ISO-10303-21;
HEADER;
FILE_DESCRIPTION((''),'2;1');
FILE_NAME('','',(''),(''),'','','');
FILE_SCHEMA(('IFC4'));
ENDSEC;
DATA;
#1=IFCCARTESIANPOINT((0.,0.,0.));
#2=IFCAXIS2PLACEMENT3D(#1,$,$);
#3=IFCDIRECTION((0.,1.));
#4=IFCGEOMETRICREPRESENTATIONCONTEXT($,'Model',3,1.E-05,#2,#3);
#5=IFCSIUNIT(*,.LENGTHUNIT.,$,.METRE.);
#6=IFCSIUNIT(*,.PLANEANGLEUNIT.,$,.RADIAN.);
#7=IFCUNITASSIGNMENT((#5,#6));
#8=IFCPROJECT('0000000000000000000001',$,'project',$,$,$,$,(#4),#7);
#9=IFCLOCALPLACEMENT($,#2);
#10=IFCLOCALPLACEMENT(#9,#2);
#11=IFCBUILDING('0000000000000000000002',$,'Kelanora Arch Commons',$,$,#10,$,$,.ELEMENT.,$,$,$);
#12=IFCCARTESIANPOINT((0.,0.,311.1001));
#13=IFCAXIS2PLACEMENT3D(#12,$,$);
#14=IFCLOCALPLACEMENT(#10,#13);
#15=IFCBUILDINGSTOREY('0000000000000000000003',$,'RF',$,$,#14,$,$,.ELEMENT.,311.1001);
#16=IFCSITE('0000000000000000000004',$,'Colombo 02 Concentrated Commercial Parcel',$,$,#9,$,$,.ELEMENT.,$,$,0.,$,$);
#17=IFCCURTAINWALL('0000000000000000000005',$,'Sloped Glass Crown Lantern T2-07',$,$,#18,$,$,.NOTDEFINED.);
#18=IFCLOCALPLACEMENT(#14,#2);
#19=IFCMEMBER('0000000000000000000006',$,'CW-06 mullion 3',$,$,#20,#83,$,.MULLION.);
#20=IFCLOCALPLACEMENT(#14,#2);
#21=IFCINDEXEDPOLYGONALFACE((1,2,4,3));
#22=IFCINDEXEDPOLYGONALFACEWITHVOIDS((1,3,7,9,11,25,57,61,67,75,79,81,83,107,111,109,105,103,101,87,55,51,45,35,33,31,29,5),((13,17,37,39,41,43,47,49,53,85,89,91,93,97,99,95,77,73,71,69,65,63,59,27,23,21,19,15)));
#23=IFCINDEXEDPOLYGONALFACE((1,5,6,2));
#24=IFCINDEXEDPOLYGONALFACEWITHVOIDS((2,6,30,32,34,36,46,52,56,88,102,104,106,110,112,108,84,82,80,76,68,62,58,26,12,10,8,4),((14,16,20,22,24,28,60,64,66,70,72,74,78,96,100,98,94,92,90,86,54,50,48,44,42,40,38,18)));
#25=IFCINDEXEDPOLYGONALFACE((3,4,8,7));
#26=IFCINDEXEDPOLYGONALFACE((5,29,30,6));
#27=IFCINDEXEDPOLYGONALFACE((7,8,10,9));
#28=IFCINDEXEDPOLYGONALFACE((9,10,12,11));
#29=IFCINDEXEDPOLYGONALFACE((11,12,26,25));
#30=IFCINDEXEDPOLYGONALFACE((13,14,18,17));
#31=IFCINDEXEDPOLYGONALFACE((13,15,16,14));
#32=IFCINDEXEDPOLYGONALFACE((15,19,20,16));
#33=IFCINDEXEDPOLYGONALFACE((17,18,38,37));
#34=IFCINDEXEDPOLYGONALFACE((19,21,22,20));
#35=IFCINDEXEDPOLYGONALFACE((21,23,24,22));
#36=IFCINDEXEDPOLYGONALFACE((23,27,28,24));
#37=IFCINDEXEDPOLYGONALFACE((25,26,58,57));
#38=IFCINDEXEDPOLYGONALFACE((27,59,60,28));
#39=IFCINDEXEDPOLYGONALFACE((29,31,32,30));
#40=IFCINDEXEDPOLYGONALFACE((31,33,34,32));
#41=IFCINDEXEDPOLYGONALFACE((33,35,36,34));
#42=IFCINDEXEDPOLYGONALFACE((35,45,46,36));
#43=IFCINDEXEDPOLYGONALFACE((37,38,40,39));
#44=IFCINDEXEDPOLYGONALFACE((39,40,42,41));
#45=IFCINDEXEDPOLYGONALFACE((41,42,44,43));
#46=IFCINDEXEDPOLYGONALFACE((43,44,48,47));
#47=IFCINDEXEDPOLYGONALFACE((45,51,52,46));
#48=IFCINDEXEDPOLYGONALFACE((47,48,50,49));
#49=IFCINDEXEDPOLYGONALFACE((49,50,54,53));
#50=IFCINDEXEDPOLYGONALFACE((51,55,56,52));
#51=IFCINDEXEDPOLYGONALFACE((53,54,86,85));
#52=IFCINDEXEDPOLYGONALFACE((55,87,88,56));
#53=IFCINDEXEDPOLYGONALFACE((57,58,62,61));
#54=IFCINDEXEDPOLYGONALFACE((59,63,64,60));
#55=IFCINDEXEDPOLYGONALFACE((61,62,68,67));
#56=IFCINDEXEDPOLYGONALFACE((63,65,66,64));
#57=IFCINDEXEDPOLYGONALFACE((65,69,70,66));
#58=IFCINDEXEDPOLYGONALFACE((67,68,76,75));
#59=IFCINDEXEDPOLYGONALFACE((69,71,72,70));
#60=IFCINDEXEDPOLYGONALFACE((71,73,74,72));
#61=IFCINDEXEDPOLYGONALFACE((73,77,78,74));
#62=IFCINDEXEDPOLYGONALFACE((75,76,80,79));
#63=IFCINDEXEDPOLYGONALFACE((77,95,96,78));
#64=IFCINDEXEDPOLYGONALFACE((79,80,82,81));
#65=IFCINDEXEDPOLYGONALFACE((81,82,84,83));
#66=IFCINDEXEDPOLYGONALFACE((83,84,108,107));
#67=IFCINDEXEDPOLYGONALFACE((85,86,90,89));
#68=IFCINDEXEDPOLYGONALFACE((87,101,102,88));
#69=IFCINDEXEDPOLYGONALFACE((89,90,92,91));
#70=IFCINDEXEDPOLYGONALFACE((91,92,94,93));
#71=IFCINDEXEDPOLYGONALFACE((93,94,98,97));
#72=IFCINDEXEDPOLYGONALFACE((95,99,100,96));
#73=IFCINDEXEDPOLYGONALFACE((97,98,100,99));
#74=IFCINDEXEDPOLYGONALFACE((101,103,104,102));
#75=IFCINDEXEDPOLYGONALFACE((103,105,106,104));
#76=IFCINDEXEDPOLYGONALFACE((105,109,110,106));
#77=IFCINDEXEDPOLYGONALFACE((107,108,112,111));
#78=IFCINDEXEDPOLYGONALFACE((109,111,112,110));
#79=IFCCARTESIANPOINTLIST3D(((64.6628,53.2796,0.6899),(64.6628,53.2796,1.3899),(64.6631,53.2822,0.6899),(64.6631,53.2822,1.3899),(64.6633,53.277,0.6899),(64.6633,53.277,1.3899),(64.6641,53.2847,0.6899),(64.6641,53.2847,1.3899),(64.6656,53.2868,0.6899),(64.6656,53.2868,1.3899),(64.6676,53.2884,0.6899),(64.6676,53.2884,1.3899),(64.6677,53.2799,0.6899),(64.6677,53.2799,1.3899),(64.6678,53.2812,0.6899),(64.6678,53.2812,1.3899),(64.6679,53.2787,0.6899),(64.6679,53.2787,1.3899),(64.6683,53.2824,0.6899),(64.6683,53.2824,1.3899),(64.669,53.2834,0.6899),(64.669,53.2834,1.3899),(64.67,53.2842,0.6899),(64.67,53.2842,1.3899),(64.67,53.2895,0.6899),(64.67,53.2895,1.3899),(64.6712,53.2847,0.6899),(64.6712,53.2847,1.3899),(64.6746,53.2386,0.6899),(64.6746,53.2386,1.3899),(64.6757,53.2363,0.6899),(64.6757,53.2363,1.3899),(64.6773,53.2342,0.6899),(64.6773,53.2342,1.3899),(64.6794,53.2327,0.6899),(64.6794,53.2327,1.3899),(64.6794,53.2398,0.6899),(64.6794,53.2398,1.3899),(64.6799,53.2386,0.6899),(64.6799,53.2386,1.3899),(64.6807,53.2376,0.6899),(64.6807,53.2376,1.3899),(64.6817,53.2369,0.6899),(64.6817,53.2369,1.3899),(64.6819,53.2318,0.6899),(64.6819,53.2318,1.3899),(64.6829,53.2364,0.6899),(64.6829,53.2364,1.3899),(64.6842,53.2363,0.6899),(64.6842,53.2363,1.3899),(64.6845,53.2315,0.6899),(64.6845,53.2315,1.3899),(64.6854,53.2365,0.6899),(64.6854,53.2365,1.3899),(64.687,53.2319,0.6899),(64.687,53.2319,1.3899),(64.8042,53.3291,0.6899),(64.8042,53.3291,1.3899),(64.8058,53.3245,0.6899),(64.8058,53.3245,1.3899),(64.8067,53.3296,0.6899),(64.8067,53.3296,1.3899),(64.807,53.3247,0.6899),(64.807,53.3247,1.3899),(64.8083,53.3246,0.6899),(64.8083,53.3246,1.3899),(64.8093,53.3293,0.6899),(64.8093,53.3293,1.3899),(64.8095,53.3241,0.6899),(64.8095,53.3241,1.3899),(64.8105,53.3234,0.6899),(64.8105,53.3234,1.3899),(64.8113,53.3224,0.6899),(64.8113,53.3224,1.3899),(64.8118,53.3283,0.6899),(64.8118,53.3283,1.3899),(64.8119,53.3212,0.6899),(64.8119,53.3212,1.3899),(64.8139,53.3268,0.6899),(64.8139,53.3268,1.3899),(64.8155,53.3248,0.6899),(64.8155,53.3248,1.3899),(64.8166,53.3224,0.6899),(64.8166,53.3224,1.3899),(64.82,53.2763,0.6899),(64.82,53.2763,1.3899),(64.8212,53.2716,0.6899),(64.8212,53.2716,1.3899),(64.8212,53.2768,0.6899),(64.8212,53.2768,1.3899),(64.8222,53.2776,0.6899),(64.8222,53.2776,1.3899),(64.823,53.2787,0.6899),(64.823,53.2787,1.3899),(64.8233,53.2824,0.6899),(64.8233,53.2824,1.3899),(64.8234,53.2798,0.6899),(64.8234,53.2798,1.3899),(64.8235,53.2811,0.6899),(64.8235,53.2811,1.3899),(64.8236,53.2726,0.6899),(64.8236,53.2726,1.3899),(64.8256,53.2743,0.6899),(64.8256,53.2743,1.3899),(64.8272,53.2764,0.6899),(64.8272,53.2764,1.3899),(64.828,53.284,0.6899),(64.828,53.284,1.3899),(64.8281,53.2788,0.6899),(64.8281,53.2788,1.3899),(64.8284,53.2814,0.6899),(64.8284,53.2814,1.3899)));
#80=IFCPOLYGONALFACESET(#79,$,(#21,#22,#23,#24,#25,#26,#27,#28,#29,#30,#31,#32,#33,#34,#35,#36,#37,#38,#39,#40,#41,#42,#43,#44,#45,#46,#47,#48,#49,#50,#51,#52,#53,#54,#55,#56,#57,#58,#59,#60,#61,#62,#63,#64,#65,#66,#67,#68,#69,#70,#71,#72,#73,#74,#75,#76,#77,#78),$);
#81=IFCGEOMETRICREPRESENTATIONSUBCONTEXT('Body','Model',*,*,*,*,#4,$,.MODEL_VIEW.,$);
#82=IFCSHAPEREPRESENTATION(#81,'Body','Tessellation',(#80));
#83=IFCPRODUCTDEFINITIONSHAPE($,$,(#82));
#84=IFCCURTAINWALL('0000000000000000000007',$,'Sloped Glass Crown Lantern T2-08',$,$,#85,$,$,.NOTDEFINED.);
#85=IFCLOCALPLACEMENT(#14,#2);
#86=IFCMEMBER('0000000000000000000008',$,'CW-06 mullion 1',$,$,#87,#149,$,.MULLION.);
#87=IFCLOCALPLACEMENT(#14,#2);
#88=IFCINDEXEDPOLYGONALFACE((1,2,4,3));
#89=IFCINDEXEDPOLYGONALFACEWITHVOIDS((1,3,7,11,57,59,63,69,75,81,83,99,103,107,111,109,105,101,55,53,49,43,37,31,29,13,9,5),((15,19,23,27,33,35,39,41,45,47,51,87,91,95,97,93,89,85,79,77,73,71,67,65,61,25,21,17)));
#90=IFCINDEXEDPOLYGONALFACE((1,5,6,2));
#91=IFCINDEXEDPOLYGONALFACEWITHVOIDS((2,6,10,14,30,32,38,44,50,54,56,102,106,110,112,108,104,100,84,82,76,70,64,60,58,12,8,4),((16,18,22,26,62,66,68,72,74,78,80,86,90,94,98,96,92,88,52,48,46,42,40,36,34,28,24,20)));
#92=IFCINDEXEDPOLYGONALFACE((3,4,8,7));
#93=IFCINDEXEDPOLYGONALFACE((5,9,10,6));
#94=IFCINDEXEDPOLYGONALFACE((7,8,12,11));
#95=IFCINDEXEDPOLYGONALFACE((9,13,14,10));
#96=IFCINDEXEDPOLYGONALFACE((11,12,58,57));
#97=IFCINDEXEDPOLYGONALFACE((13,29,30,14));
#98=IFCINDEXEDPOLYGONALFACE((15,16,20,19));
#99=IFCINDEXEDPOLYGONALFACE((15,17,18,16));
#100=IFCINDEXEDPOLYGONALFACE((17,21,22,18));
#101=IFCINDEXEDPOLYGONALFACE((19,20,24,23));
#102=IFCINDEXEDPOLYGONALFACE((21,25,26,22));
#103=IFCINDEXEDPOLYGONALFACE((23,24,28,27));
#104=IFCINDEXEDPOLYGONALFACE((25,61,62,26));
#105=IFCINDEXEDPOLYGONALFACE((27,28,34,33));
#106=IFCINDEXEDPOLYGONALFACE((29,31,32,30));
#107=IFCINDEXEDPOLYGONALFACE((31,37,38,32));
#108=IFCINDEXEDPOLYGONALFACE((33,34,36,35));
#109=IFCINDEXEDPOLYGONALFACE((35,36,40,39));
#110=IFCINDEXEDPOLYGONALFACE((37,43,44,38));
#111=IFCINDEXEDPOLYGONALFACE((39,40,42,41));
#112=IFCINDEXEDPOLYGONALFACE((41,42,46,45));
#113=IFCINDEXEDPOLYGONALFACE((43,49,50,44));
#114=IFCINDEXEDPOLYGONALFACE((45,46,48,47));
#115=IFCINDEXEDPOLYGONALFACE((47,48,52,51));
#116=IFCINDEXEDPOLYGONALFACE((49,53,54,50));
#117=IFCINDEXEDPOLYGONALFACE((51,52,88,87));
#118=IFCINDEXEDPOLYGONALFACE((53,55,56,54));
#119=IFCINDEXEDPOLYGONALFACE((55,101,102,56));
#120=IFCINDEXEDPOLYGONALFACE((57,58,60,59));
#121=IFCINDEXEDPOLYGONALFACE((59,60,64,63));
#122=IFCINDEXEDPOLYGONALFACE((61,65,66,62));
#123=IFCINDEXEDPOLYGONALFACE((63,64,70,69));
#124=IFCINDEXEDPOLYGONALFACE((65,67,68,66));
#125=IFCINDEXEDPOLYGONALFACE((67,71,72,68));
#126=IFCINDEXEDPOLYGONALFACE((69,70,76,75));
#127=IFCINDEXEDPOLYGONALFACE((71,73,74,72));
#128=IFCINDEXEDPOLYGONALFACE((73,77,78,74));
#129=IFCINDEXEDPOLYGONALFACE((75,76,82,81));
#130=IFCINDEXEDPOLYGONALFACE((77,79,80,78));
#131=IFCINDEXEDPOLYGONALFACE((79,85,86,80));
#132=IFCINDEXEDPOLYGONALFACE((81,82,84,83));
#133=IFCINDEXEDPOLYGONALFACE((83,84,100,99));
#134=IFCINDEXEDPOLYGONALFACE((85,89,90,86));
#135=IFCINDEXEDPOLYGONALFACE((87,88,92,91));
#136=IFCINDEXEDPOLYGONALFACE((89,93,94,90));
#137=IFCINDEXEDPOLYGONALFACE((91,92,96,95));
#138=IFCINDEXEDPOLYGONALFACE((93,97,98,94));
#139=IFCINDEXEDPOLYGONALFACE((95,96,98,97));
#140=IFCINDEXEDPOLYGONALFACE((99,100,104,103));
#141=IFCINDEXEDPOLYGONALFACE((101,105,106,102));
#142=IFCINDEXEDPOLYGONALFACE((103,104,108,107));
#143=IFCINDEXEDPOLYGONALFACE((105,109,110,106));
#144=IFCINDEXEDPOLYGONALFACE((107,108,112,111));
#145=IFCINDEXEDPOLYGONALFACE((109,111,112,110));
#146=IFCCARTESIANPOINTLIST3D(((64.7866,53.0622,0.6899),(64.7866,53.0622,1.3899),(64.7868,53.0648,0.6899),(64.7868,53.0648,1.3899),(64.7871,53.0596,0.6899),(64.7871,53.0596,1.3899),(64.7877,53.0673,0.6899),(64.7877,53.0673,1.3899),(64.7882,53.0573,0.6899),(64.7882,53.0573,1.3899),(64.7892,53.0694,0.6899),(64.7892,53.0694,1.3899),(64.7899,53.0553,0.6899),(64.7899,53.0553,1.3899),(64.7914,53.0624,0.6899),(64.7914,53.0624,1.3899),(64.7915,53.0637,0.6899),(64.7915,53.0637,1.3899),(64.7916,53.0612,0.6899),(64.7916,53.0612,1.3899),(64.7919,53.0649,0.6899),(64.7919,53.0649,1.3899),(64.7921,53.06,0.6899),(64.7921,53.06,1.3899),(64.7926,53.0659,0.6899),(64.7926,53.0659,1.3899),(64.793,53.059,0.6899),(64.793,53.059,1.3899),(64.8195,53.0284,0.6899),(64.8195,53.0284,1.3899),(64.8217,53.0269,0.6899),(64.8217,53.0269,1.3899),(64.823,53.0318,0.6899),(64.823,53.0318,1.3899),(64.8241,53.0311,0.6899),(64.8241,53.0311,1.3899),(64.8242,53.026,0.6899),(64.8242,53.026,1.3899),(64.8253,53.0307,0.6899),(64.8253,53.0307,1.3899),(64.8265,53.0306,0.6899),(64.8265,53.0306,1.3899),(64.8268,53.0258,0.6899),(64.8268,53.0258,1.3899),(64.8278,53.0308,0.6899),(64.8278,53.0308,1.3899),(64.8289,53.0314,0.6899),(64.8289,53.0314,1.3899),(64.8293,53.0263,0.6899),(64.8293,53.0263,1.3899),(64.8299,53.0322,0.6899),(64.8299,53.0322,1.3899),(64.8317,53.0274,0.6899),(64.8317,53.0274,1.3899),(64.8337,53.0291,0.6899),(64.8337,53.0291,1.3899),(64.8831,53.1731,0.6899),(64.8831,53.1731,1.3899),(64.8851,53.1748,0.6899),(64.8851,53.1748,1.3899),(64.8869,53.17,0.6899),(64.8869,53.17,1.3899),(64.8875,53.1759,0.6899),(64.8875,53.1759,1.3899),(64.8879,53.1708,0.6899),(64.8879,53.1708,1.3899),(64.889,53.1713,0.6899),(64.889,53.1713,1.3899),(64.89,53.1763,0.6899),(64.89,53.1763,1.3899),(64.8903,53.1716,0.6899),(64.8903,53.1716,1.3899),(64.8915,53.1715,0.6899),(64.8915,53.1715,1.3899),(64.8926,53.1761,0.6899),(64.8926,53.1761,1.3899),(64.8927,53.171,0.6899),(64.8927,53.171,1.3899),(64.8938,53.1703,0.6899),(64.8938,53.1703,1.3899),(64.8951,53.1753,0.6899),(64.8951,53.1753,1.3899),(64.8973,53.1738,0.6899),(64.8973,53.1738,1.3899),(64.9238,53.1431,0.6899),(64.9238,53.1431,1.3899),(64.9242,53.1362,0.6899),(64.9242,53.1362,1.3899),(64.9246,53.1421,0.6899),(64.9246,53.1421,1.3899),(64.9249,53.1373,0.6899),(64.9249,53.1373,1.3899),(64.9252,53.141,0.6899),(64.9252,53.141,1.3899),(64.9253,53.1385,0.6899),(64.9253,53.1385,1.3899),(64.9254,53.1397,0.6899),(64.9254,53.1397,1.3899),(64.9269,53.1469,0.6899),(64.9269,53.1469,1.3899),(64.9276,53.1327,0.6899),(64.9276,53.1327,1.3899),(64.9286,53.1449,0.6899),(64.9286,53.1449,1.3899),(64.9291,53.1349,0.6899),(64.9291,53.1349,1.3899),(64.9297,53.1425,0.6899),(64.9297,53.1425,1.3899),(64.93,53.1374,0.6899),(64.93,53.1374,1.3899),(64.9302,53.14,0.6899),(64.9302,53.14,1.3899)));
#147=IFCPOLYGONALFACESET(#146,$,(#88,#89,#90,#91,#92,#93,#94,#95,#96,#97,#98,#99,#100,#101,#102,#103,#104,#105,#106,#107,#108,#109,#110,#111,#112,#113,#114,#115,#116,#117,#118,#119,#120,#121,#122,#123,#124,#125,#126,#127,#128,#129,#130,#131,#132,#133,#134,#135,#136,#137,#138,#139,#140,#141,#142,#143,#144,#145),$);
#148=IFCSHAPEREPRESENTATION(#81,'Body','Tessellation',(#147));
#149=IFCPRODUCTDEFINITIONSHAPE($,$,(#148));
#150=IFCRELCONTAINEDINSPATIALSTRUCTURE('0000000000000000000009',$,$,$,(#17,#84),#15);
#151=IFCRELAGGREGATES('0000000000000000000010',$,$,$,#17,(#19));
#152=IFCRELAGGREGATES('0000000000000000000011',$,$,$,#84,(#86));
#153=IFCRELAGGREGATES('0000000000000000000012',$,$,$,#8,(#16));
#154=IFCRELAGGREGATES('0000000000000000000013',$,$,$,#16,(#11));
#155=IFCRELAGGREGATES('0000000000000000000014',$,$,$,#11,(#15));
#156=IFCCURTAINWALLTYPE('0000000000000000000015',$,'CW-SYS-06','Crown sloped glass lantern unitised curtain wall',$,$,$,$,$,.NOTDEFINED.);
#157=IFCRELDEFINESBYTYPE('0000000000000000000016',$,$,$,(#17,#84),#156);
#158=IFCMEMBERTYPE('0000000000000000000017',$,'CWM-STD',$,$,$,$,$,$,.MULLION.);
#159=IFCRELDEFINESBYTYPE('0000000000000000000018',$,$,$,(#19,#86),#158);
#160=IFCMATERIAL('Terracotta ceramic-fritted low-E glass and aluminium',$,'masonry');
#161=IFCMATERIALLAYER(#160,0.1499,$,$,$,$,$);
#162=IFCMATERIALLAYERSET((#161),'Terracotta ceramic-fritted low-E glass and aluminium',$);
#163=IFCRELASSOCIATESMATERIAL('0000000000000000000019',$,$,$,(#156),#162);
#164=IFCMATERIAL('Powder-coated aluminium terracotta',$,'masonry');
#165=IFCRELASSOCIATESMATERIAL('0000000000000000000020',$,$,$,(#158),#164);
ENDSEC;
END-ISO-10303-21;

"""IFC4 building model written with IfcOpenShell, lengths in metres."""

from ifc_helpers import new_model, si_unit, direction, frame, origin, origin_2d, place, context, subcontext, project, spatial, hollow_rectangle, extrude, material, layer, layer_set, material_profile, profile_set, type_object, element, aggregate, save


model = new_model("IFC4")

# Units and contexts
model_context = context("Model", 3, precision=1e-05, world=origin(), true_north=direction((0.0, 1.0)))
body_context = subcontext(model_context, "Body", "Model", "MODEL_VIEW")
ifc_project = project(units=[si_unit("LENGTHUNIT", "METRE"), si_unit("PLANEANGLEUNIT", "RADIAN")], contexts=[model_context])

# Site, building, storey
site_placement = place(None, origin())
site = spatial("IfcSite", under=ifc_project, at=site_placement, Name="Colombo 02 Concentrated Commercial Parcel", CompositionType="ELEMENT", RefElevation=0.0)
building_placement = place(site_placement, origin())
building = spatial("IfcBuilding", under=site, at=building_placement, Name="Kelanora Arch Commons", CompositionType="ELEMENT")
storey_placement = place(building_placement, frame((0.0, 0.0, 311.1001)))
storey = spatial("IfcBuildingStorey", under=building, at=storey_placement, Name="RF", CompositionType="ELEMENT", Elevation=311.1001)

# Curtain wall, member
ifc_material_1 = material(Name="Terracotta ceramic-fritted low-E glass and aluminium", Category="masonry")
ifc_layer_1 = layer(ifc_material_1, 0.1499)
ifc_layer_set_1 = layer_set([ifc_layer_1], Name="Terracotta ceramic-fritted low-E glass and aluminium")
curtain_wall_type = type_object("IfcCurtainWallType", Name="CW-SYS-06", Description="Crown sloped glass lantern unitised curtain wall", PredefinedType="NOTDEFINED", material=ifc_layer_set_1)
ifc_material_2 = material(Name="Powder-coated aluminium terracotta", Category="masonry")
ifc_material_profile_1 = material_profile(ifc_material_2, hollow_rectangle(XDim=0.1599, YDim=0.0601, WallThickness=0.0049, InnerFilletRadius=0.0049, OuterFilletRadius=0.01, at=origin_2d()), Name="CWM160x60")
ifc_profile_set_1 = profile_set([ifc_material_profile_1], Name="Powder-coated aluminium terracotta")
member_type_1 = type_object("IfcMemberType", Name="CWM-STD", PredefinedType="MULLION", material=ifc_profile_set_1)
curtain_wall_1_placement = place(storey_placement, origin())
curtain_wall_1 = element("IfcCurtainWall", 1, at=curtain_wall_1_placement, inside=storey, type_object=curtain_wall_type, Name="Sloped Glass Crown Lantern T2-07", PredefinedType="NOTDEFINED")
member_1_placement = place(storey_placement, frame((64.7456, 53.2805, 0.6899), z_axis=(0.0, 0.0, 1.0), x_axis=(0.958953, 0.283564, 0.0)))
member_1 = element("IfcMember", 2, at=member_1_placement, type_object=member_type_1, Name="CW-06 mullion 3", PredefinedType="MULLION", context=body_context, shape_type="SweptSolid", body=[
    extrude(hollow_rectangle(XDim=0.1599, YDim=0.0601, WallThickness=0.0049, InnerFilletRadius=0.0049, OuterFilletRadius=0.01, at=origin_2d()), origin(), (0.0, 0.0, 1.0), 0.7),
])

# Curtain wall, member
curtain_wall_2_placement = place(storey_placement, origin())
curtain_wall_2 = element("IfcCurtainWall", 3, at=curtain_wall_2_placement, inside=storey, type_object=curtain_wall_type, Name="Sloped Glass Crown Lantern T2-08", PredefinedType="NOTDEFINED")
member_2_placement = place(storey_placement, frame((64.8584, 53.1011, 0.6899), z_axis=(0.0, 0.0, 1.0), x_axis=(0.671459, 0.741042, 0.0)))
member_2 = element("IfcMember", 4, at=member_2_placement, type_object=member_type_1, Name="CW-06 mullion 1", PredefinedType="MULLION", context=body_context, shape_type="SweptSolid", body=[
    extrude(hollow_rectangle(XDim=0.1599, YDim=0.0601, WallThickness=0.0049, InnerFilletRadius=0.0049, OuterFilletRadius=0.01, at=origin_2d()), origin(), (0.0, 0.0, 1.0), 0.7),
])

aggregate(curtain_wall_1, [member_1])
aggregate(curtain_wall_2, [member_2])

save(model, "model.ifc")
